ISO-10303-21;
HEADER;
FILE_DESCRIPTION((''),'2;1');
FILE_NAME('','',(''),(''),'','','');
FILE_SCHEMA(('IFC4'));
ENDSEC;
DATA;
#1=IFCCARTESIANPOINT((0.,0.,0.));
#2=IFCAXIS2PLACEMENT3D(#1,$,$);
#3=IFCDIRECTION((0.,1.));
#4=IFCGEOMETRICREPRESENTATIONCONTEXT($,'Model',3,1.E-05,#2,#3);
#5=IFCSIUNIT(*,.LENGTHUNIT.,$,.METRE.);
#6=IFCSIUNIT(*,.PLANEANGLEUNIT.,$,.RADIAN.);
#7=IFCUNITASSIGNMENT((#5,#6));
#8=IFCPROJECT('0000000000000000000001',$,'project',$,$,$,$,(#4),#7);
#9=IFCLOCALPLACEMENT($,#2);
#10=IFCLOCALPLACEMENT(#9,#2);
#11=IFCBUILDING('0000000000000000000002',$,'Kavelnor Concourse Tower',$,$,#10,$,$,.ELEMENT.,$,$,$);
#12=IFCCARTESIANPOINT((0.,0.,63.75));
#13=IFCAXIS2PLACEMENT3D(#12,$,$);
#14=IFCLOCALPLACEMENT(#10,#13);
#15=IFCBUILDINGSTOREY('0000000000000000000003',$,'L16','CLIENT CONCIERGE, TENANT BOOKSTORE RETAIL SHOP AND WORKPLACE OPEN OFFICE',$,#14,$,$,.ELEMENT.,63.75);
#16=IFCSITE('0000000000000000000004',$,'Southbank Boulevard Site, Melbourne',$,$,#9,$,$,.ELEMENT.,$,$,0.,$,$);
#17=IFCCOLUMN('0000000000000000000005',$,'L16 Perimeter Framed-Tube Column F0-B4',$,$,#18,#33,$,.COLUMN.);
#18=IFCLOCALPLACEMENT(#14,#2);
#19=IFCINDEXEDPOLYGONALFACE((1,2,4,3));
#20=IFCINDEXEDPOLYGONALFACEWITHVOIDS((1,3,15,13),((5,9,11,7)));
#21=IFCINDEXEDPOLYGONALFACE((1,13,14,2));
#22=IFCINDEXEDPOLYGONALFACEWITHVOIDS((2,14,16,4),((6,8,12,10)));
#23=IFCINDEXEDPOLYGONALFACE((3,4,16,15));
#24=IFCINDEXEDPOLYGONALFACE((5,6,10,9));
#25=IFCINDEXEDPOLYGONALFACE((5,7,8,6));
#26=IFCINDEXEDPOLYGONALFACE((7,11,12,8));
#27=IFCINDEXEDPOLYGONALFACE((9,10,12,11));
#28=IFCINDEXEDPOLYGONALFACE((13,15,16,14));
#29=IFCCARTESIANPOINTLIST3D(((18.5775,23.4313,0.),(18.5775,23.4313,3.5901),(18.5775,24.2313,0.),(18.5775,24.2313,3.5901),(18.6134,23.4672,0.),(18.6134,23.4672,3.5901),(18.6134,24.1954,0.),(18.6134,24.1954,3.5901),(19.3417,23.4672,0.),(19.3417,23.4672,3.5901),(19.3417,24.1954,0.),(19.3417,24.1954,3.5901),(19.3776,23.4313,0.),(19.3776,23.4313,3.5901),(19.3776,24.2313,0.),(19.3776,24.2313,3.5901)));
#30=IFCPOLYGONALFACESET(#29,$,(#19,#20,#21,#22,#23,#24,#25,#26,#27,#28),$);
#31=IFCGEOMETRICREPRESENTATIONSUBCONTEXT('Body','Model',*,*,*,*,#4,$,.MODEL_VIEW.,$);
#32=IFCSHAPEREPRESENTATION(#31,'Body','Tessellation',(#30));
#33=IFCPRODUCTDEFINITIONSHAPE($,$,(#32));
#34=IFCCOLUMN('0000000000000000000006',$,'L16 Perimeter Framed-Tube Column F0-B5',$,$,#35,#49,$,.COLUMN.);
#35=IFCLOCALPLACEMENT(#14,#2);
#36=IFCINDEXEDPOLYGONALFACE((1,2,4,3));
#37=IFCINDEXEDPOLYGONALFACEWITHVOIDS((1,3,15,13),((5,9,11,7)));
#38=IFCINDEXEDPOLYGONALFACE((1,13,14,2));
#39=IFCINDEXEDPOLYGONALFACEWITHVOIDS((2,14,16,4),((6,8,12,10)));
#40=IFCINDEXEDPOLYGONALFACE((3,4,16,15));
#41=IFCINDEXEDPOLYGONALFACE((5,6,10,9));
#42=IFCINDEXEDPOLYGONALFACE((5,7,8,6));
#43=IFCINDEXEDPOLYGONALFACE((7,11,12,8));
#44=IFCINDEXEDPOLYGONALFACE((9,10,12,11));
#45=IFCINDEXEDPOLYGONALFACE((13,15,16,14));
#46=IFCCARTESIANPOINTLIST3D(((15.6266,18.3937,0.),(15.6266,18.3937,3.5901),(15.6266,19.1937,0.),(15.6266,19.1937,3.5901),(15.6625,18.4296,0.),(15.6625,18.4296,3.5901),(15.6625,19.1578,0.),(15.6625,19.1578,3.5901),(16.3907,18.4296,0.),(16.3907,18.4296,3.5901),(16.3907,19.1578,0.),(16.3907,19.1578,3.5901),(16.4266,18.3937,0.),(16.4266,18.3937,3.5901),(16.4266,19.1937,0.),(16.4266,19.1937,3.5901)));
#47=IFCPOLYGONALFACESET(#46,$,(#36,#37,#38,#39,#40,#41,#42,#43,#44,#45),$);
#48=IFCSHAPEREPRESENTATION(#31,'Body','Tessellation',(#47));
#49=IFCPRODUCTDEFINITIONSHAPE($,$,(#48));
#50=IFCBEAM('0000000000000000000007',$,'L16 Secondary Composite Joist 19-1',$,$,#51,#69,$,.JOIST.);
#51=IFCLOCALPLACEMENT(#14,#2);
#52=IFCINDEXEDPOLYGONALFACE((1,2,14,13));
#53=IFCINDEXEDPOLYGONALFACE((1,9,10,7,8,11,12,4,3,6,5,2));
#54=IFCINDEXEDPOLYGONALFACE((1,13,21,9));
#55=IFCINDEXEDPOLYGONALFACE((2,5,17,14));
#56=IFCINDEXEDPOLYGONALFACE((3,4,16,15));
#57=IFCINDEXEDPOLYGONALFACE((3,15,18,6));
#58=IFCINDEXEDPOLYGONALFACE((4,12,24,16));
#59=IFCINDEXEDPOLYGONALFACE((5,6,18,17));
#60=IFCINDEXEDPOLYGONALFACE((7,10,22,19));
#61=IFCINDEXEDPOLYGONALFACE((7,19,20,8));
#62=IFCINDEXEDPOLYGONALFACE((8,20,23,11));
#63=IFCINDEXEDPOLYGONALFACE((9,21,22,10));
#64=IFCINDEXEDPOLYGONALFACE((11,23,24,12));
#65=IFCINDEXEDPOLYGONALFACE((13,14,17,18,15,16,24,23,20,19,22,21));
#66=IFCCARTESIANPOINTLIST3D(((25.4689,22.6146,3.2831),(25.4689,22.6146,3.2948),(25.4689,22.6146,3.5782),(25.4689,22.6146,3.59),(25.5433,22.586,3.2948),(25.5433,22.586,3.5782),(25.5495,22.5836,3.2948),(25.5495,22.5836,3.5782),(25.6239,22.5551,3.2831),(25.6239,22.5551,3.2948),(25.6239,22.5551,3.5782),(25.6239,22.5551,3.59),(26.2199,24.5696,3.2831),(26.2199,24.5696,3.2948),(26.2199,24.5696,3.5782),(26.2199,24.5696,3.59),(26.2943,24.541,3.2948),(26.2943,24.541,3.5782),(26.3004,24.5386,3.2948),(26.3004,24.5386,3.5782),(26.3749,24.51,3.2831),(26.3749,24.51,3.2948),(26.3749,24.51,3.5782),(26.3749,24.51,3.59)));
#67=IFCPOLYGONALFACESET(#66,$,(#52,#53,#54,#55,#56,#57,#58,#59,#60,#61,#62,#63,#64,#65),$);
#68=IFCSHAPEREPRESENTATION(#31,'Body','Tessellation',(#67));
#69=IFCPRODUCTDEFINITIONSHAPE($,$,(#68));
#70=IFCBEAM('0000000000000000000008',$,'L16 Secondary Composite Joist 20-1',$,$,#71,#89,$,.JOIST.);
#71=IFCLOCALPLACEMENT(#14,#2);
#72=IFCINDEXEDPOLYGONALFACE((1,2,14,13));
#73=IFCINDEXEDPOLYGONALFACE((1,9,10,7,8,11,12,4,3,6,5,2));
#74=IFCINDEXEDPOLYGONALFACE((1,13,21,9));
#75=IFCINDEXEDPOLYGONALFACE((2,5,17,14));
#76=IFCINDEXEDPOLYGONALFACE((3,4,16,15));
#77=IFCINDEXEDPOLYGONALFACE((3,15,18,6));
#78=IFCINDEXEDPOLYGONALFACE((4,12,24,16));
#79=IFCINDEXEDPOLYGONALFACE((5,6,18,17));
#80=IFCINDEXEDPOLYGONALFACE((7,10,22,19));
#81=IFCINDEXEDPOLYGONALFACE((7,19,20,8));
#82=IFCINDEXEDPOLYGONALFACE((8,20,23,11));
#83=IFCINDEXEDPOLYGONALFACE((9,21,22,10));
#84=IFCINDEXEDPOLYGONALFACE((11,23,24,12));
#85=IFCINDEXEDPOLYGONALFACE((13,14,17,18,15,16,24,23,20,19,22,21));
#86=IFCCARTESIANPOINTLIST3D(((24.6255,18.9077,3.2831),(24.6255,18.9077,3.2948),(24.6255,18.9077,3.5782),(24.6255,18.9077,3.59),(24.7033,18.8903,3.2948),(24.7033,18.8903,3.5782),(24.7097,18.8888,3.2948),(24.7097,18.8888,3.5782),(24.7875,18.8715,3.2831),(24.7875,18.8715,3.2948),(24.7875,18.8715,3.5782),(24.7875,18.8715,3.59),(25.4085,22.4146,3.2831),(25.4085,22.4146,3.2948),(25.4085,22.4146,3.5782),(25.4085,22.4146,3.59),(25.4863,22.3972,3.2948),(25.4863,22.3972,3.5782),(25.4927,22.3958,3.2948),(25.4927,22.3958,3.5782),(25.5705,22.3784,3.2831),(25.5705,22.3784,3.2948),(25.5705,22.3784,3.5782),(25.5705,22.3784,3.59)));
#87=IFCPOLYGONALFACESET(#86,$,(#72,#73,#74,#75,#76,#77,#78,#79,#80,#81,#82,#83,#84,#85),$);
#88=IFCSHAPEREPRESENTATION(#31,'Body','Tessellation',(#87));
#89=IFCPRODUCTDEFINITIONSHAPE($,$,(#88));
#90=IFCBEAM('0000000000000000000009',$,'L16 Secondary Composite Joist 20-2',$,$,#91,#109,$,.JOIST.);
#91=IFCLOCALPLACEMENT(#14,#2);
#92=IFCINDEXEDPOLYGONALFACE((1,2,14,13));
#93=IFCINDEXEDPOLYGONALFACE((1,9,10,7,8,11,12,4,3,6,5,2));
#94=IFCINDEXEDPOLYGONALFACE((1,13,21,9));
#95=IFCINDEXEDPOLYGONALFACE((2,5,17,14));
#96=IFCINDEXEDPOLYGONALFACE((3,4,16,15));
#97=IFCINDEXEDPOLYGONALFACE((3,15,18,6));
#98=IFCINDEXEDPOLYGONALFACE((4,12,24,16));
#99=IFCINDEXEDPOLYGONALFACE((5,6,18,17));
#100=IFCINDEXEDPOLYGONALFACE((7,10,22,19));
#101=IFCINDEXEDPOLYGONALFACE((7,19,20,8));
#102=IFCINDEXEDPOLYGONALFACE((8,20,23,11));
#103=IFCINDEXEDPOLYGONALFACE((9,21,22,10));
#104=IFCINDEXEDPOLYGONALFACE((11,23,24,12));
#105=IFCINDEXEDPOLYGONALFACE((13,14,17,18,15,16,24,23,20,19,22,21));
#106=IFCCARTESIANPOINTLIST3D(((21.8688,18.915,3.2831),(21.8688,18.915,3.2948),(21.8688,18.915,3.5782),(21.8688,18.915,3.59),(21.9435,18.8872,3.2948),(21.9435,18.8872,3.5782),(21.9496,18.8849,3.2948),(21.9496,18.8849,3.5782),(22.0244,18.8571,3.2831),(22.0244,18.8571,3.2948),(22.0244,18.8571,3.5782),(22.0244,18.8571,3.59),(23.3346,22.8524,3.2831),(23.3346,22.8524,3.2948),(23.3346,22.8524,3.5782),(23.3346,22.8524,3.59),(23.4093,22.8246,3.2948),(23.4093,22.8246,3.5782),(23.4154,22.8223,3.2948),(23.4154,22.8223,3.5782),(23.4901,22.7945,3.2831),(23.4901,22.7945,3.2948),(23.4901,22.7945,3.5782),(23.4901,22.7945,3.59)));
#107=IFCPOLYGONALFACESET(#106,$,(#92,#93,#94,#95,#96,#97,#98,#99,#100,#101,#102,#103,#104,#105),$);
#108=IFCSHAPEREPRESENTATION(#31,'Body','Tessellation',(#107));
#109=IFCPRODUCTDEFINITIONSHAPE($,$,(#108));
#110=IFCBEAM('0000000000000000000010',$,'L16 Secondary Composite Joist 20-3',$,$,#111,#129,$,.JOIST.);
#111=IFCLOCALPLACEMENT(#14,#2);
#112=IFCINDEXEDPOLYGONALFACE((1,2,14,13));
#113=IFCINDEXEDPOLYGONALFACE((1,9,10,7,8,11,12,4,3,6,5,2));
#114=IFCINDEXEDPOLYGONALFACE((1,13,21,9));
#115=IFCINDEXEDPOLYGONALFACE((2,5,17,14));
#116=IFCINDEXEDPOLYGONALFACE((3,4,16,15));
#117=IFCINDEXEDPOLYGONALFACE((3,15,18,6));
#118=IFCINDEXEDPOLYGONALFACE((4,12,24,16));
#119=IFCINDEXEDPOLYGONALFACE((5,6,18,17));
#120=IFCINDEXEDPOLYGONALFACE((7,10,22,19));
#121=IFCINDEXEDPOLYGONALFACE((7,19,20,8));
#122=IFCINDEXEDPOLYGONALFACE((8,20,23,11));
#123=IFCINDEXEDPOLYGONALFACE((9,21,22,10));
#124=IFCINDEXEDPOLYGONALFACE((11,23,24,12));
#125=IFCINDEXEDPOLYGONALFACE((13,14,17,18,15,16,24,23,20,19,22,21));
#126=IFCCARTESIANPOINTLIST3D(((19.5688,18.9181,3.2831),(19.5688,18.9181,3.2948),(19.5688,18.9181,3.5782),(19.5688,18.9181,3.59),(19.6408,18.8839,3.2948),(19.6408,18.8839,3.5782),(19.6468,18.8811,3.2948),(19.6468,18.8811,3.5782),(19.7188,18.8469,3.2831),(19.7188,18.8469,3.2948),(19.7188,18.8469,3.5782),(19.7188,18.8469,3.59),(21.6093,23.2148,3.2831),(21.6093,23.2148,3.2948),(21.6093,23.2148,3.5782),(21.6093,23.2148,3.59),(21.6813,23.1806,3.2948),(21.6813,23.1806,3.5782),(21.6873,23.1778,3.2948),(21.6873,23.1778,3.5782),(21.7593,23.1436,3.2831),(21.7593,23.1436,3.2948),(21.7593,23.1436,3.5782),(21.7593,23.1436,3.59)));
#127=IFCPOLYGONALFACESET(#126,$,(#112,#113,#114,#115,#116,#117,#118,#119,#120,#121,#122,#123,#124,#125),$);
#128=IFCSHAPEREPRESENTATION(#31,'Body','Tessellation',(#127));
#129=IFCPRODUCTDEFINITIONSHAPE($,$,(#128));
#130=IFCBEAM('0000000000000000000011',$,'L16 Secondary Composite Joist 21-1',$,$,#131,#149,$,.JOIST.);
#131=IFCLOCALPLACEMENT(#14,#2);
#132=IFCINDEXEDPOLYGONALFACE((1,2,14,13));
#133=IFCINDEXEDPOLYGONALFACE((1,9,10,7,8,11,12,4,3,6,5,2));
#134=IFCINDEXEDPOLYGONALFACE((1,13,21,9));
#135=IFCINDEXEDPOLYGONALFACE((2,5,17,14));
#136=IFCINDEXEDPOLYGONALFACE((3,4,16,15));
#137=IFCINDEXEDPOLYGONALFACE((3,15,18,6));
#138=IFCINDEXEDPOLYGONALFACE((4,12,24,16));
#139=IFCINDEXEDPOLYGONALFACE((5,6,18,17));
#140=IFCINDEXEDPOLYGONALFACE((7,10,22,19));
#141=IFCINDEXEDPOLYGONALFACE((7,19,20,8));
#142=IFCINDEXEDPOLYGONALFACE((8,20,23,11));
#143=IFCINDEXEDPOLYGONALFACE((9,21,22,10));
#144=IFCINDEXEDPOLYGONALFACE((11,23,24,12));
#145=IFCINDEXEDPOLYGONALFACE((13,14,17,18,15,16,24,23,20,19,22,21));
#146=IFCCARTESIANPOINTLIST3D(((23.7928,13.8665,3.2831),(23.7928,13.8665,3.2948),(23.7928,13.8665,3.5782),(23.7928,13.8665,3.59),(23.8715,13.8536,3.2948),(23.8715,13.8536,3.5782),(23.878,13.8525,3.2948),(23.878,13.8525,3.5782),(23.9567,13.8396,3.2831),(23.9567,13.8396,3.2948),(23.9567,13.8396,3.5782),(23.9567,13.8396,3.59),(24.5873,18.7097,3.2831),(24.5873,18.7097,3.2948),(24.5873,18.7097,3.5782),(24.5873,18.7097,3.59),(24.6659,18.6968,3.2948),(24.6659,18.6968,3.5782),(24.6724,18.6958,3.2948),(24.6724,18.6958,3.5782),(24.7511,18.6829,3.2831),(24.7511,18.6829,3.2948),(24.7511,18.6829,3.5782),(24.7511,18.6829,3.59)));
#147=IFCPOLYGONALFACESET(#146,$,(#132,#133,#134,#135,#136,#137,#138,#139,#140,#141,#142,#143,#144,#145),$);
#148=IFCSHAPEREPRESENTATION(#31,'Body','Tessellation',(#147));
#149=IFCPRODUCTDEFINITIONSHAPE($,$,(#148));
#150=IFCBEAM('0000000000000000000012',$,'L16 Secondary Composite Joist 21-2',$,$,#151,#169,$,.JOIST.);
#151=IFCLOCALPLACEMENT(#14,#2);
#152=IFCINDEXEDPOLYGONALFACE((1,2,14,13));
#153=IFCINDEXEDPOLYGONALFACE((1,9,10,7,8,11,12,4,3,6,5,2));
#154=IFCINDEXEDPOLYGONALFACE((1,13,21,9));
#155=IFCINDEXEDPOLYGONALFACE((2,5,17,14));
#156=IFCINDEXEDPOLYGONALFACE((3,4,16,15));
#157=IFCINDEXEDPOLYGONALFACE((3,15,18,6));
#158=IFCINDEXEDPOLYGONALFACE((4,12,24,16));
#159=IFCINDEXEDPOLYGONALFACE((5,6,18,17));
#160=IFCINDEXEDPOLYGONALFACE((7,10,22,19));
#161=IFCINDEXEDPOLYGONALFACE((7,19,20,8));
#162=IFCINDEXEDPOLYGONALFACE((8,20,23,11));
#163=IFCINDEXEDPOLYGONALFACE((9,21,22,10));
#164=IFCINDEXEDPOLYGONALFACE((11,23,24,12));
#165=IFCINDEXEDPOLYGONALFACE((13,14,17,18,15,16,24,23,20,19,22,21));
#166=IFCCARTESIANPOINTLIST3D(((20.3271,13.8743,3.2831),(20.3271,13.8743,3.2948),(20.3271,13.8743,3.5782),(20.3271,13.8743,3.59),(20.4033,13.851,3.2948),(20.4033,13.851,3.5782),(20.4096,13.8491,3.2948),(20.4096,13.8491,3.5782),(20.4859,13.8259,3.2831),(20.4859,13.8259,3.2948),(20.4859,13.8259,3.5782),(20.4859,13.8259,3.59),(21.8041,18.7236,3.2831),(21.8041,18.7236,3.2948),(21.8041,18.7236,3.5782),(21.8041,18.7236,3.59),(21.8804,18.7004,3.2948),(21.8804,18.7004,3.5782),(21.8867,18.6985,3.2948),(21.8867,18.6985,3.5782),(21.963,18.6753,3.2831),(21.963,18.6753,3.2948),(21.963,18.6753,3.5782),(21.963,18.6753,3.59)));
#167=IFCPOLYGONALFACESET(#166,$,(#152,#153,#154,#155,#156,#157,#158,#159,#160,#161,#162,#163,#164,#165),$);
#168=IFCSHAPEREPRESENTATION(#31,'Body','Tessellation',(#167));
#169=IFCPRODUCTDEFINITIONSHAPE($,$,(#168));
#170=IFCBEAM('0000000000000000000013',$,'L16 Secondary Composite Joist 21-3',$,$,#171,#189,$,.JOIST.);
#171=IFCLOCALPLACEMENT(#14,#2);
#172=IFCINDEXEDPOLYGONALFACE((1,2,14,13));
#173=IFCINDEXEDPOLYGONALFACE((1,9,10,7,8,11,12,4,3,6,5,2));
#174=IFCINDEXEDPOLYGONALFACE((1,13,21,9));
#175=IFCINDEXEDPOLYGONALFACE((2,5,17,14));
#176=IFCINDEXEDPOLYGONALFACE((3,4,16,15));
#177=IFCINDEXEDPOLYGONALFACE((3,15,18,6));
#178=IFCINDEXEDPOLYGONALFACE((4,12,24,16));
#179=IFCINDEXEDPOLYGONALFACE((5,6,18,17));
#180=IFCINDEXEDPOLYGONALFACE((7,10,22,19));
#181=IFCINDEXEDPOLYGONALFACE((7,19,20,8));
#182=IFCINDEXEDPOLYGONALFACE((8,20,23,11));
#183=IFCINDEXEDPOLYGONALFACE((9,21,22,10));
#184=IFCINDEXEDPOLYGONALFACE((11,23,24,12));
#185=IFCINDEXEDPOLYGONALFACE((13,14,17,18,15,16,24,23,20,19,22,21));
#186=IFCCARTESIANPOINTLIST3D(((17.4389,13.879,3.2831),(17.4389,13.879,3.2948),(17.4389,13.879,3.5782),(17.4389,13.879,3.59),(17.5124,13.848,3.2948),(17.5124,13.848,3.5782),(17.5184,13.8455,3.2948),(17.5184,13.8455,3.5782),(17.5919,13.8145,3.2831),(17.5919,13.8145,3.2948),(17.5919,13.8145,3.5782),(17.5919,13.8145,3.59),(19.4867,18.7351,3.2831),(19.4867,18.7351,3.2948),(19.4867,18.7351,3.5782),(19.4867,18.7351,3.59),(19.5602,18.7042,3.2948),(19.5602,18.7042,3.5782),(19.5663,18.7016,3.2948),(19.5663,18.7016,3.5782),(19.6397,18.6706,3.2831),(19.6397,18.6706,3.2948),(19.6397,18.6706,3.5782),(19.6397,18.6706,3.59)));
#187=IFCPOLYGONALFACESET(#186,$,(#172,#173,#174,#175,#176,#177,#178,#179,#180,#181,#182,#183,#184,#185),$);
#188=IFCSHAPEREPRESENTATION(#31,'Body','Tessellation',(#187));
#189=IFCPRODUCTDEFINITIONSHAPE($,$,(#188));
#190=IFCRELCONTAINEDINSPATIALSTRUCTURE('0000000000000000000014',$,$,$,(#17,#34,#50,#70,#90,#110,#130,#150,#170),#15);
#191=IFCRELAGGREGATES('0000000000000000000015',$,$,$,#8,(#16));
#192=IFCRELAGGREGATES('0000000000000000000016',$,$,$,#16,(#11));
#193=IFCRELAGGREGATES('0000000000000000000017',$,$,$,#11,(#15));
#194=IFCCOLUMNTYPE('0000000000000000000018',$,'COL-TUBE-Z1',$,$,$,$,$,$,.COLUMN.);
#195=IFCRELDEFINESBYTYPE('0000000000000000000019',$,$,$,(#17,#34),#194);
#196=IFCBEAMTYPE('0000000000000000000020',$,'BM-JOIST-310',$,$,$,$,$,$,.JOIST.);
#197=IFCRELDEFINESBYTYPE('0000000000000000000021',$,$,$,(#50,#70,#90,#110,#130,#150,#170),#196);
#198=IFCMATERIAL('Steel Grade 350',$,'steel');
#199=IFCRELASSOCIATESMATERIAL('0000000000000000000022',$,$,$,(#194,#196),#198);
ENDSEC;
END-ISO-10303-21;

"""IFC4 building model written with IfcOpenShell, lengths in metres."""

from ifc_helpers import new_model, si_unit, direction, frame, origin, origin_2d, place, context, subcontext, project, spatial, hollow_rectangle, i_section, extrude, material, material_profile, profile_set, type_object, element, save


model = new_model("IFC4")

# Units and contexts
model_context = context("Model", 3, precision=1e-05, world=origin(), true_north=direction((0.0, 1.0)))
body_context = subcontext(model_context, "Body", "Model", "MODEL_VIEW")
ifc_project = project(units=[si_unit("LENGTHUNIT", "METRE"), si_unit("PLANEANGLEUNIT", "RADIAN")], contexts=[model_context])

# Site, building, storey
site_placement = place(None, origin())
site = spatial("IfcSite", under=ifc_project, at=site_placement, Name="Southbank Boulevard Site, Melbourne", CompositionType="ELEMENT", RefElevation=0.0)
building_placement = place(site_placement, origin())
building = spatial("IfcBuilding", under=site, at=building_placement, Name="Kavelnor Concourse Tower", CompositionType="ELEMENT")
storey_placement = place(building_placement, frame((0.0, 0.0, 63.75)))
storey = spatial("IfcBuildingStorey", under=building, at=storey_placement, Name="L16", Description="CLIENT CONCIERGE, TENANT BOOKSTORE RETAIL SHOP AND WORKPLACE OPEN OFFICE", CompositionType="ELEMENT", Elevation=63.75)

# Columns
ifc_material_1 = material(Name="Steel Grade 350", Category="steel")
ifc_material_profile_1 = material_profile(ifc_material_1, hollow_rectangle(XDim=0.8, YDim=0.8, WallThickness=0.0359, at=origin_2d()), Name="SHS 800x800x36")
ifc_profile_set_1 = profile_set([ifc_material_profile_1], Name="Steel Grade 350")
column_type = type_object("IfcColumnType", Name="COL-TUBE-Z1", PredefinedType="COLUMN", material=ifc_profile_set_1)
for number, where, z_axis, x_axis, name in (
    (1, (18.9775, 23.8313, 0.0), (0.0, 0.0, 1.0), (1.0, 0.0, 0.0), "L16 Perimeter Framed-Tube Column F0-B4"),
    (2, (16.0266, 18.7937, 0.0), (0.0, 0.0, 1.0), (1.0, 0.0, 0.0), "L16 Perimeter Framed-Tube Column F0-B5"),
):
    element("IfcColumn", number, at=place(storey_placement, frame(where, z_axis=z_axis, x_axis=x_axis)), inside=storey, type_object=column_type, Name=name, PredefinedType="COLUMN", context=body_context, shape_type="SweptSolid", body=[
        extrude(hollow_rectangle(XDim=0.8, YDim=0.8, WallThickness=0.0359, at=origin_2d()), origin(), (0.0, 0.0, 1.0), 3.5901),
    ])

# Beams
ifc_material_profile_2 = material_profile(ifc_material_1, i_section(OverallWidth=0.166, OverallDepth=0.3069, WebThickness=0.0066, FlangeThickness=0.0117, at=origin_2d()), Name="310UB46")
ifc_profile_set_2 = profile_set([ifc_material_profile_2], Name="Steel Grade 350")
beam_type_1 = type_object("IfcBeamType", Name="BM-JOIST-310", PredefinedType="JOIST", material=ifc_profile_set_2)
beam_1_placement = place(storey_placement, frame((26.2974, 24.5398, 3.4365), z_axis=(-0.358573, -0.933502, 0.0), x_axis=(0.933502, -0.358573, 0.0)))
element("IfcBeam", 3, at=beam_1_placement, inside=storey, type_object=beam_type_1, Name="L16 Secondary Composite Joist 19-1", PredefinedType="JOIST", context=body_context, shape_type="SweptSolid", body=[
    extrude(i_section(OverallWidth=0.166, OverallDepth=0.3069, WebThickness=0.0066, FlangeThickness=0.0117, at=origin_2d()), origin(), (0.0, 0.0, 1.0), 2.0942),
])
beam_2_placement = place(storey_placement, frame((25.4895, 22.3965, 3.4365), z_axis=(-0.217902, -0.975971, 0.0), x_axis=(0.975971, -0.217902, 0.0)))
element("IfcBeam", 4, at=beam_2_placement, inside=storey, type_object=beam_type_1, Name="L16 Secondary Composite Joist 20-1", PredefinedType="JOIST", context=body_context, shape_type="SweptSolid", body=[
    extrude(i_section(OverallWidth=0.166, OverallDepth=0.3069, WebThickness=0.0066, FlangeThickness=0.0117, at=origin_2d()), origin(), (0.0, 0.0, 1.0), 3.5933),
])
beam_3_placement = place(storey_placement, frame((23.4124, 22.8235, 3.4365), z_axis=(-0.348881, -0.937167, 0.0), x_axis=(0.937167, -0.348881, 0.0)))
element("IfcBeam", 5, at=beam_3_placement, inside=storey, type_object=beam_type_1, Name="L16 Secondary Composite Joist 20-2", PredefinedType="JOIST", context=body_context, shape_type="SweptSolid", body=[
    extrude(i_section(OverallWidth=0.166, OverallDepth=0.3069, WebThickness=0.0066, FlangeThickness=0.0117, at=origin_2d()), origin(), (0.0, 0.0, 1.0), 4.2014),
])
beam_4_placement = place(storey_placement, frame((21.6843, 23.1792, 3.4365), z_axis=(-0.428993, -0.903308, 0.0), x_axis=(0.903308, -0.428993, 0.0)))
element("IfcBeam", 6, at=beam_4_placement, inside=storey, type_object=beam_type_1, Name="L16 Secondary Composite Joist 20-3", PredefinedType="JOIST", context=body_context, shape_type="SweptSolid", body=[
    extrude(i_section(OverallWidth=0.166, OverallDepth=0.3069, WebThickness=0.0066, FlangeThickness=0.0117, at=origin_2d()), origin(), (0.0, 0.0, 1.0), 4.7566),
])
beam_5_placement = place(storey_placement, frame((24.6692, 18.6963, 3.4365), z_axis=(-0.161866, -0.986813, 0.0), x_axis=(0.986813, -0.161866, 0.0)))
element("IfcBeam", 7, at=beam_5_placement, inside=storey, type_object=beam_type_1, Name="L16 Secondary Composite Joist 21-1", PredefinedType="JOIST", context=body_context, shape_type="SweptSolid", body=[
    extrude(i_section(OverallWidth=0.166, OverallDepth=0.3069, WebThickness=0.0066, FlangeThickness=0.0117, at=origin_2d()), origin(), (0.0, 0.0, 1.0), 4.908),
])
beam_6_placement = place(storey_placement, frame((21.8835, 18.6995, 3.4365), z_axis=(-0.29137, -0.95661, 0.0), x_axis=(0.95661, -0.29137, 0.0)))
element("IfcBeam", 8, at=beam_6_placement, inside=storey, type_object=beam_type_1, Name="L16 Secondary Composite Joist 21-2", PredefinedType="JOIST", context=body_context, shape_type="SweptSolid", body=[
    extrude(i_section(OverallWidth=0.166, OverallDepth=0.3069, WebThickness=0.0066, FlangeThickness=0.0117, at=origin_2d()), origin(), (0.0, 0.0, 1.0), 5.0693),
])
beam_7_placement = place(storey_placement, frame((19.5632, 18.7029, 3.4365), z_axis=(-0.388562, -0.921422, 0.0), x_axis=(0.921422, -0.388562, 0.0)))
element("IfcBeam", 9, at=beam_7_placement, inside=storey, type_object=beam_type_1, Name="L16 Secondary Composite Joist 21-3", PredefinedType="JOIST", context=body_context, shape_type="SweptSolid", body=[
    extrude(i_section(OverallWidth=0.166, OverallDepth=0.3069, WebThickness=0.0066, FlangeThickness=0.0117, at=origin_2d()), origin(), (0.0, 0.0, 1.0), 5.2703),
])

save(model, "model.ifc")
